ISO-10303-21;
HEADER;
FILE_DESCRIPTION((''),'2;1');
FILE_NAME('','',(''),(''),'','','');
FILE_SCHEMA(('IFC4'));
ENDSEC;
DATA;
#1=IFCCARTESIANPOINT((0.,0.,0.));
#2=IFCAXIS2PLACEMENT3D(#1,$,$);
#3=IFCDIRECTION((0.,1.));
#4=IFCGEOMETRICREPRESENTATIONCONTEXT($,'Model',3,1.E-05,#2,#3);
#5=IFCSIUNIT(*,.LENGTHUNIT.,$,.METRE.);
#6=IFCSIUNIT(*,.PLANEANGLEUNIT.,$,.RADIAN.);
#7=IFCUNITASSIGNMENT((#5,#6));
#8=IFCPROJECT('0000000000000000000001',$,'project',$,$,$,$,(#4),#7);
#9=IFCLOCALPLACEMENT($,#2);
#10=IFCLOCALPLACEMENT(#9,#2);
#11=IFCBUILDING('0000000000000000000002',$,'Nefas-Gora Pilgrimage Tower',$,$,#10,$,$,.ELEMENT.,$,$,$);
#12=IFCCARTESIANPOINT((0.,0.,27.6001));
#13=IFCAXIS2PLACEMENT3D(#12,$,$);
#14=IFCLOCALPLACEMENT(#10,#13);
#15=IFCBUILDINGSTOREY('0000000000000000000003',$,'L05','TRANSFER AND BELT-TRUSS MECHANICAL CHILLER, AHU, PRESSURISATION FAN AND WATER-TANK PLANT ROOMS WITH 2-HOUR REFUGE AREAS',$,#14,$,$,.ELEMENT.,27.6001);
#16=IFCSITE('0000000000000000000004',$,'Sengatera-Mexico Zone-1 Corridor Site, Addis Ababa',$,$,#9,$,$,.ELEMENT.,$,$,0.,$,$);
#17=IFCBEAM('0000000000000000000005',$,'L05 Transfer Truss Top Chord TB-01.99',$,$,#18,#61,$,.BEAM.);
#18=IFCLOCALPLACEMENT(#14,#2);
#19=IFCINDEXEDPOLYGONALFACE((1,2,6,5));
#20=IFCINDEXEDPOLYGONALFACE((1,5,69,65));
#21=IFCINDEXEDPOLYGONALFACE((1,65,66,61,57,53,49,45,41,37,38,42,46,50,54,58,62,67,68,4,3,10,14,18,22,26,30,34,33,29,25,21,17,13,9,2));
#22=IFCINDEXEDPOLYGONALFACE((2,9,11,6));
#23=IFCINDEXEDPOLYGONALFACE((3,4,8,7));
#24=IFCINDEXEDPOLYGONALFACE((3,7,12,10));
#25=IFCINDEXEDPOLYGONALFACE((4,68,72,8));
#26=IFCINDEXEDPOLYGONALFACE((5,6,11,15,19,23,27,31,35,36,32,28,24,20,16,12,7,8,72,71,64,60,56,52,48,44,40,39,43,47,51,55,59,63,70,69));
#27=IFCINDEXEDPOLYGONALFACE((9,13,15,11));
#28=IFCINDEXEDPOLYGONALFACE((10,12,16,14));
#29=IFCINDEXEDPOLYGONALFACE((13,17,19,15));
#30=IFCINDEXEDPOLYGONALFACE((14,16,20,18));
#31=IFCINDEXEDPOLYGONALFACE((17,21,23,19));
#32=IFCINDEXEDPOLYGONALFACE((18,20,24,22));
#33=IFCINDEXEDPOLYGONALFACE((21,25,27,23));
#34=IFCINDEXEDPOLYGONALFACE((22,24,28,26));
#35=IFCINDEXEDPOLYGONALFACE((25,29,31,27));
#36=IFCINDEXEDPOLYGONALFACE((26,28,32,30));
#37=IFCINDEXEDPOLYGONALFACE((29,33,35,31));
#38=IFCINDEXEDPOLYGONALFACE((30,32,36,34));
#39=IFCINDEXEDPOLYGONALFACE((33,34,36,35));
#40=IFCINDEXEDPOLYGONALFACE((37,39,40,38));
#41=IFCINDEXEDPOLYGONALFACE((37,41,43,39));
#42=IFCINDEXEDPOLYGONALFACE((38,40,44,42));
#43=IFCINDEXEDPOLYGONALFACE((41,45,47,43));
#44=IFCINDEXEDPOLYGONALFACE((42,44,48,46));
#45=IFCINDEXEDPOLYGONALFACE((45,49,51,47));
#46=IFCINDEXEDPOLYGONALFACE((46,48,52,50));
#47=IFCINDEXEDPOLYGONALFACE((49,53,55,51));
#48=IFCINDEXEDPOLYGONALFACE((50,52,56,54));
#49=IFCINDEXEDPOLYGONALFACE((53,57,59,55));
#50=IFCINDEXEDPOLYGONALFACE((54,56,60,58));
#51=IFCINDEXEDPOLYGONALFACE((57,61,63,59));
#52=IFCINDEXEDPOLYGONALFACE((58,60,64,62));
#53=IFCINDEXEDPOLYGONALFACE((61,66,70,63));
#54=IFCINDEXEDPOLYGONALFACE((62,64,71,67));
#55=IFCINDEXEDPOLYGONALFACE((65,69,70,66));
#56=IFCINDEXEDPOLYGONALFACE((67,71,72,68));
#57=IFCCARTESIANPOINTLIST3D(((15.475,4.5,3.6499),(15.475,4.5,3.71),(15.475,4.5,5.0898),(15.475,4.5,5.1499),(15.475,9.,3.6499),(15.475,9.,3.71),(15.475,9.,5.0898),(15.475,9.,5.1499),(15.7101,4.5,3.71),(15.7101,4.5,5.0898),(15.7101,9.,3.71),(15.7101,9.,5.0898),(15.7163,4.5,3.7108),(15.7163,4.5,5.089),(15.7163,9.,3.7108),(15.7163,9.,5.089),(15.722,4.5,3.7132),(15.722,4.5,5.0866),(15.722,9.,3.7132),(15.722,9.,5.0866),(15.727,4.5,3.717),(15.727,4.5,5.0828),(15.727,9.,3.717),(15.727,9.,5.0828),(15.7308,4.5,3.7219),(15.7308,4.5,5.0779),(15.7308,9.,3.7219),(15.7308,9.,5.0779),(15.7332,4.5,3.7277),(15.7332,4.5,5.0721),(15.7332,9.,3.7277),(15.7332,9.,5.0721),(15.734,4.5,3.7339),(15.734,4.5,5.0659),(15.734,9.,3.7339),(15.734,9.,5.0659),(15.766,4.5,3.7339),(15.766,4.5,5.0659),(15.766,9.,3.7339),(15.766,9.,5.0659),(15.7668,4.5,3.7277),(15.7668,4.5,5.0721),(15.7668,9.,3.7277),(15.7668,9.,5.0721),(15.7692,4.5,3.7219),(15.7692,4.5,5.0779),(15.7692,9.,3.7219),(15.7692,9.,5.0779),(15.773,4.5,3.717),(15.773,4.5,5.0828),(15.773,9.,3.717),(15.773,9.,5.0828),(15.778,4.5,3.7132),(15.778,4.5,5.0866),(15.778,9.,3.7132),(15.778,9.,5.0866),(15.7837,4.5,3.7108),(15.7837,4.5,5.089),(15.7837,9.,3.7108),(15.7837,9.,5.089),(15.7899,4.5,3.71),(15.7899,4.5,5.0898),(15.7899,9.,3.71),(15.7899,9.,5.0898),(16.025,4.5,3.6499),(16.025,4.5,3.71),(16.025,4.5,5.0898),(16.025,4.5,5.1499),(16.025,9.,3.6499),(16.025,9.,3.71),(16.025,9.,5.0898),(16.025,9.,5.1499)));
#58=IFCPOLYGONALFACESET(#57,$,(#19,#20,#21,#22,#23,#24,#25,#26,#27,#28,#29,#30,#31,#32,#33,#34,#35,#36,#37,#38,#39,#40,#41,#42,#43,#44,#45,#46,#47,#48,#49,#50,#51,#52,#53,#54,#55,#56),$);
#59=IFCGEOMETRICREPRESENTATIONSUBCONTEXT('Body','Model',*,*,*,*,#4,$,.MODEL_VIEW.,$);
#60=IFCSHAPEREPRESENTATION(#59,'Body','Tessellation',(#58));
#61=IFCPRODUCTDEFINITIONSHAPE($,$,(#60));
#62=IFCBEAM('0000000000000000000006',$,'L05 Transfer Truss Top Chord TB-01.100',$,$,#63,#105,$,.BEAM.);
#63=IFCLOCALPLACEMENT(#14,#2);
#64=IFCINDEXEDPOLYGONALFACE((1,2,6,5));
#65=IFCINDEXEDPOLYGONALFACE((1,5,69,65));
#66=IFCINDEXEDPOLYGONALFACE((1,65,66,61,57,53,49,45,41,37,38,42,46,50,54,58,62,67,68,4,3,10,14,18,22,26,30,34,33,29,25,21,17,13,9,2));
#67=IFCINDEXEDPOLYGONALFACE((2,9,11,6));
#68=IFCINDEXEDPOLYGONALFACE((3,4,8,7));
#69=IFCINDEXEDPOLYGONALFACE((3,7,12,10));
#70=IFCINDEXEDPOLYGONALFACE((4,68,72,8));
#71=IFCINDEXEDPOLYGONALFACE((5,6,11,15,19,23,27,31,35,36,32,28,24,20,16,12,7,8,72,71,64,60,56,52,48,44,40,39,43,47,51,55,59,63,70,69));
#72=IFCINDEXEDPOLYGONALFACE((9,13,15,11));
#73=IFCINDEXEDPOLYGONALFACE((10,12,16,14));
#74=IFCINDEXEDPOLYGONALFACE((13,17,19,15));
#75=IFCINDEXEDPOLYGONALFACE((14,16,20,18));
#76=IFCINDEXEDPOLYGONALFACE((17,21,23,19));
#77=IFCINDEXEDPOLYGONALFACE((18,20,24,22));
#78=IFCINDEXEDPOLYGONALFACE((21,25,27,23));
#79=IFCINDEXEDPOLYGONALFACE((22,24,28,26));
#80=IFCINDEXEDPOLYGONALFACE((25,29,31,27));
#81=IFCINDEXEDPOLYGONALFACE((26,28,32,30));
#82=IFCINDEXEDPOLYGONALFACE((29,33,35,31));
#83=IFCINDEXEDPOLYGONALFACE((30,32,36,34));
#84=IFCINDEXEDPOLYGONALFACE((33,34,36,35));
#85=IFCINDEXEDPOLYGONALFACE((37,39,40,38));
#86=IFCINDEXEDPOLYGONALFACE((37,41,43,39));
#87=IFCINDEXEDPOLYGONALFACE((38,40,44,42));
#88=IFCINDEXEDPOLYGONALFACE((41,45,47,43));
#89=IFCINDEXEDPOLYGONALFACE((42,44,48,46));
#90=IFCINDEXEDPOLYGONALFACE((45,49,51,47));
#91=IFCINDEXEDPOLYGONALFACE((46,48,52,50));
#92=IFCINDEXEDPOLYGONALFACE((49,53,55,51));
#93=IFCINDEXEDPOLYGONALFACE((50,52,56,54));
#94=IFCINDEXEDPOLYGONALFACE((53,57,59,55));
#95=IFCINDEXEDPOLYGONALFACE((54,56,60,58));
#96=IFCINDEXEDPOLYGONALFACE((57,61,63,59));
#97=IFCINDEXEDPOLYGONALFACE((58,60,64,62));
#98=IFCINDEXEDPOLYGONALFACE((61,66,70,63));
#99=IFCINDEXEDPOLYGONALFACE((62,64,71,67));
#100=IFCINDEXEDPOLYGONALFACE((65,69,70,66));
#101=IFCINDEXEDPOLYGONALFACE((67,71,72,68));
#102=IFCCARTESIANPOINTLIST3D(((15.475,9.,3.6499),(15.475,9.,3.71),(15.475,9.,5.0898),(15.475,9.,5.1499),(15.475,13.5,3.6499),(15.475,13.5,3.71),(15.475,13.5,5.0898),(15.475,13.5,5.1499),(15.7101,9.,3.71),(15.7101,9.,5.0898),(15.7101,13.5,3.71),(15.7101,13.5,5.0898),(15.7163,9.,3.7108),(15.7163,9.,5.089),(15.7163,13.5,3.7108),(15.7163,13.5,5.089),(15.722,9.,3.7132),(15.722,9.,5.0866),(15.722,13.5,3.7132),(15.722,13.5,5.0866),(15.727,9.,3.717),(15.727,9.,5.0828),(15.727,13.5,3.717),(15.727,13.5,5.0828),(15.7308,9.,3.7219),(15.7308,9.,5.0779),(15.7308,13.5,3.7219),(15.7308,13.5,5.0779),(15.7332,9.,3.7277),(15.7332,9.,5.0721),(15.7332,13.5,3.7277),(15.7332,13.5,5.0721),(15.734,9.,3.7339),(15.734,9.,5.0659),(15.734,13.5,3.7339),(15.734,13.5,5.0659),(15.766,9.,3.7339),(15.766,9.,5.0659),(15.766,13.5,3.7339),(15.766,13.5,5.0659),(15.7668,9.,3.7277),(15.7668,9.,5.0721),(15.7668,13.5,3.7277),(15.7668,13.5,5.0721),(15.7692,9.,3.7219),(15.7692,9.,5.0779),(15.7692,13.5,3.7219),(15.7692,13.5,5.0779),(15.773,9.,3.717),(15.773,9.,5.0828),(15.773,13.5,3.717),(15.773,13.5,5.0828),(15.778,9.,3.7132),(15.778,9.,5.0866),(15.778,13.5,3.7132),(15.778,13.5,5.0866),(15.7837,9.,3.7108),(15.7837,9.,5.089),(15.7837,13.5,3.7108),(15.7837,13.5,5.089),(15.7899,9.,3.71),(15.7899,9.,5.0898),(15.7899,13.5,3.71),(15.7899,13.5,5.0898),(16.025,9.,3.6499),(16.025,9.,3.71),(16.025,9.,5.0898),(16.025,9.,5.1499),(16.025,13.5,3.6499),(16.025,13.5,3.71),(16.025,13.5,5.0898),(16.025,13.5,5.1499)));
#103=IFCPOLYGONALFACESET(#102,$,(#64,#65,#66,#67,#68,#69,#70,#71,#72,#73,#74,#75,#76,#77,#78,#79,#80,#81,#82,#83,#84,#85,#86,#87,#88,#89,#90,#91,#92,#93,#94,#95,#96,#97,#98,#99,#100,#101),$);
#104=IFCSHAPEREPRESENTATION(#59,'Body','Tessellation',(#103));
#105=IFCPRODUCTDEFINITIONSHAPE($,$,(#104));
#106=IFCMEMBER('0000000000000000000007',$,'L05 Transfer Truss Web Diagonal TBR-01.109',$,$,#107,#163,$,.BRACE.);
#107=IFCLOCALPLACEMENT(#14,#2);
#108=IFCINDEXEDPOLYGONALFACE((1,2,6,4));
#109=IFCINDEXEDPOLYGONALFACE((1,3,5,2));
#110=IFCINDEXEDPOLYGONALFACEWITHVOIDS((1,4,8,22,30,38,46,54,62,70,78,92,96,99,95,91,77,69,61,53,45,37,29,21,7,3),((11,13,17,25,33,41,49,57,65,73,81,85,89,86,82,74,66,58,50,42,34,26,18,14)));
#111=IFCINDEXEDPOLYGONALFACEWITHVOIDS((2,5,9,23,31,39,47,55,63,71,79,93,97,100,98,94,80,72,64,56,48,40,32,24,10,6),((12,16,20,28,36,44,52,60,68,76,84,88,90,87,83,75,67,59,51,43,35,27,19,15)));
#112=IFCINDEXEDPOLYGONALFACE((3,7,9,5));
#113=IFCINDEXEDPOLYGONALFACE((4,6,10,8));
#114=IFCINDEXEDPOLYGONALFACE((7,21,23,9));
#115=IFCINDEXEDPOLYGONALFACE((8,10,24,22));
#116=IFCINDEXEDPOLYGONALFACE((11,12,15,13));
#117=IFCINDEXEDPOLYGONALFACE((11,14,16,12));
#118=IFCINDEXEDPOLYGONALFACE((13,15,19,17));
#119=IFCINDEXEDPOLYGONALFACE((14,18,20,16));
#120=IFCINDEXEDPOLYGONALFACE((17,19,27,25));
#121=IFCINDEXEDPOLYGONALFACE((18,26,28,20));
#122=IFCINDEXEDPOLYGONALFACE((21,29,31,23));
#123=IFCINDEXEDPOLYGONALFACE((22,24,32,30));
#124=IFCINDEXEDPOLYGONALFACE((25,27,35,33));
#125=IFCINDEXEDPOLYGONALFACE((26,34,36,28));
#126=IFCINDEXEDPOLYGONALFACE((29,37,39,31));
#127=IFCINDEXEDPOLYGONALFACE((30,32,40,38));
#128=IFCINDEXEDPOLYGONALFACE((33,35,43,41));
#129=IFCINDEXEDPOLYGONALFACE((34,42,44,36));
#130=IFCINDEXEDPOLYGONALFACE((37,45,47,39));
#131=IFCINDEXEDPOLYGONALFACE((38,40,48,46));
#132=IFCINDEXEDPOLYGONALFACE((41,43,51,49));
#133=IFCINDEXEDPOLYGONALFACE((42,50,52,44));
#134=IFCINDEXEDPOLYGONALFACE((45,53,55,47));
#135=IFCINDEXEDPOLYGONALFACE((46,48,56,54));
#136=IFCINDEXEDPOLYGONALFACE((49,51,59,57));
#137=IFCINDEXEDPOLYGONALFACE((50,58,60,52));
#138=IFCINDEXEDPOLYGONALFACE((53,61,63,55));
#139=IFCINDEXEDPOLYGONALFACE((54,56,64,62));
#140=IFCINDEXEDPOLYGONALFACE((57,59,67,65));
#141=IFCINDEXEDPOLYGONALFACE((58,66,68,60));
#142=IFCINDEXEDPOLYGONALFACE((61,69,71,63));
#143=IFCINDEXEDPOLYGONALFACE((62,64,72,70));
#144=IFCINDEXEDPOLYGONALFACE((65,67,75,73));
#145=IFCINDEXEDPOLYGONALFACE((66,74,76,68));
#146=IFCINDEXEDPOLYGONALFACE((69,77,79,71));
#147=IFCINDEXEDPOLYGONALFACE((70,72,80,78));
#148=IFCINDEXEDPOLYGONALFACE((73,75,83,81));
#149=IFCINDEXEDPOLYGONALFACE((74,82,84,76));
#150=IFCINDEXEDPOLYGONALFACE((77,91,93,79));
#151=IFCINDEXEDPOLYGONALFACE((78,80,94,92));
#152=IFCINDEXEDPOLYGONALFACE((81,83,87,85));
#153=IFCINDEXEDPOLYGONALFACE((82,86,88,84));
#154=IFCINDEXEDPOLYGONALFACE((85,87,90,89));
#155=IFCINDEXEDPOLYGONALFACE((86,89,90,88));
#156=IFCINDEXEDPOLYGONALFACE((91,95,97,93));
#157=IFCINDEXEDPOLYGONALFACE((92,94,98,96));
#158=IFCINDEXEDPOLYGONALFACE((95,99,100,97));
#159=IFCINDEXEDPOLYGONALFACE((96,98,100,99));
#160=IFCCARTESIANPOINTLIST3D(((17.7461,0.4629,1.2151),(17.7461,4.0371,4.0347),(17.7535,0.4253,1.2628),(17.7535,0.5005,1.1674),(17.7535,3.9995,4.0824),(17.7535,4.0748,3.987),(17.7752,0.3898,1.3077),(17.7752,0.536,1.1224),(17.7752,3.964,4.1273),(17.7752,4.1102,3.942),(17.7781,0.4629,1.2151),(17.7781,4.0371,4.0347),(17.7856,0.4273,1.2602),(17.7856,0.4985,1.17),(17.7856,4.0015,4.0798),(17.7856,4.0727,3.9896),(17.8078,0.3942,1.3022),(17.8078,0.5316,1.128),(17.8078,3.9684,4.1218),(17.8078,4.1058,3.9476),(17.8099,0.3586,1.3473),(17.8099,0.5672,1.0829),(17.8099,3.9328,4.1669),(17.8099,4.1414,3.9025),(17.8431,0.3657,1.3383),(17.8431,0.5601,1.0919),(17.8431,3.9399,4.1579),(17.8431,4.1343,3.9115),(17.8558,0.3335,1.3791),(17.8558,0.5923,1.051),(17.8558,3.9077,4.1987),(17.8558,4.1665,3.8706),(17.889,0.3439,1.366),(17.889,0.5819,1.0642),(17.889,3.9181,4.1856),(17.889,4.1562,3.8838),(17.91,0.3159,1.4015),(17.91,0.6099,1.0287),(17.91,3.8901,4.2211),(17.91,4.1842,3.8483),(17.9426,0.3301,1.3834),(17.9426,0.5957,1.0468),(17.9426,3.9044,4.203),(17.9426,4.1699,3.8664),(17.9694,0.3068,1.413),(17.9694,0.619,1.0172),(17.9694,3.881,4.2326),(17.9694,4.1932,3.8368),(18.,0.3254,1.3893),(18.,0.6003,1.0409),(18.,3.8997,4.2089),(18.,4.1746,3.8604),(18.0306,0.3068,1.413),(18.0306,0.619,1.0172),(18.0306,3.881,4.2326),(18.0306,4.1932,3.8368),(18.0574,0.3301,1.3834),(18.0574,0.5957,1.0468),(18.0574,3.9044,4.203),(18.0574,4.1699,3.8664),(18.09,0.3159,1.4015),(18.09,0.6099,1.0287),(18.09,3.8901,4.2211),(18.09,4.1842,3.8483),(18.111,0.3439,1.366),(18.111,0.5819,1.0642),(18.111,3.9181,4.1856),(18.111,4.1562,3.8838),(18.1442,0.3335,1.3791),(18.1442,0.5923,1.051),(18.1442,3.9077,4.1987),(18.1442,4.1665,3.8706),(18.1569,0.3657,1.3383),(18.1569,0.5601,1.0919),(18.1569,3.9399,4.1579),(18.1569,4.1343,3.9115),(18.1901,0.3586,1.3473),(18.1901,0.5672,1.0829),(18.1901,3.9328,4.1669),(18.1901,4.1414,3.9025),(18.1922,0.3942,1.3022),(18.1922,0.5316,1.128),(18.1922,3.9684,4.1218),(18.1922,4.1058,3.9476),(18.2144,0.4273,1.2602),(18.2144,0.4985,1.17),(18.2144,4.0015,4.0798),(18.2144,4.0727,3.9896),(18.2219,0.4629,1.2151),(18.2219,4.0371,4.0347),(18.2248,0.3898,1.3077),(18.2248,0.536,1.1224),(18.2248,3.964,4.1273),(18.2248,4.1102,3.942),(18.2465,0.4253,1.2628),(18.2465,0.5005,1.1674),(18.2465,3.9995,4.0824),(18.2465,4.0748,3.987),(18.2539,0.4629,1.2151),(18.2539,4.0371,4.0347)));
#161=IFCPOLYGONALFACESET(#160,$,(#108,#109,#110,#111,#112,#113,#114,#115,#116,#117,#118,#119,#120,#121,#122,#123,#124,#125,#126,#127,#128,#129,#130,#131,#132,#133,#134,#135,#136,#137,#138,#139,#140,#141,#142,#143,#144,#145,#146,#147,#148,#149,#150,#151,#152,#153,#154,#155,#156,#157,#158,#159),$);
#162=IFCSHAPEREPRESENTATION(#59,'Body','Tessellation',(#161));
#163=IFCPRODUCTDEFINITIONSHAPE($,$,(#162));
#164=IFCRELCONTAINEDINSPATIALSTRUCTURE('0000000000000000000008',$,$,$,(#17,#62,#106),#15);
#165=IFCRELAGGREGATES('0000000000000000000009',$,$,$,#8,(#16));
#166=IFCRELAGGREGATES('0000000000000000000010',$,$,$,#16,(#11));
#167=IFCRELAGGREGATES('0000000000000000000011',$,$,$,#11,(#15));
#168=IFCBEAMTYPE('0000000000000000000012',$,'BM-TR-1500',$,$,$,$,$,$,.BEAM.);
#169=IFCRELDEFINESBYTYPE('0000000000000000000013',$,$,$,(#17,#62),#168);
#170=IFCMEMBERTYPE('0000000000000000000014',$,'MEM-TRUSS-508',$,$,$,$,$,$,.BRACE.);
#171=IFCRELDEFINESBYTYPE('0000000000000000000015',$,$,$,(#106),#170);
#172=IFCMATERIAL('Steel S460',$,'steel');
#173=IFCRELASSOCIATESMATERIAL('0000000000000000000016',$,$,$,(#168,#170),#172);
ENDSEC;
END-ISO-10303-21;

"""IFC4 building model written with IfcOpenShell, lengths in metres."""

from ifc_helpers import new_model, si_unit, direction, frame, origin, origin_2d, place, context, subcontext, project, spatial, hollow_circle, i_section, extrude, source, transform, mapped, material, material_profile, profile_set, type_object, element, save


model = new_model("IFC4")

# Units and contexts
model_context = context("Model", 3, precision=1e-05, world=origin(), true_north=direction((0.0, 1.0)))
body_context = subcontext(model_context, "Body", "Model", "MODEL_VIEW")
ifc_project = project(units=[si_unit("LENGTHUNIT", "METRE"), si_unit("PLANEANGLEUNIT", "RADIAN")], contexts=[model_context])

# Site, building, storey
site_placement = place(None, origin())
site = spatial("IfcSite", under=ifc_project, at=site_placement, Name="Sengatera-Mexico Zone-1 Corridor Site, Addis Ababa", CompositionType="ELEMENT", RefElevation=0.0)
building_placement = place(site_placement, origin())
building = spatial("IfcBuilding", under=site, at=building_placement, Name="Nefas-Gora Pilgrimage Tower", CompositionType="ELEMENT")
storey_placement = place(building_placement, frame((0.0, 0.0, 27.6001)))
storey = spatial("IfcBuildingStorey", under=building, at=storey_placement, Name="L05", Description="TRANSFER AND BELT-TRUSS MECHANICAL CHILLER, AHU, PRESSURISATION FAN AND WATER-TANK PLANT ROOMS WITH 2-HOUR REFUGE AREAS", CompositionType="ELEMENT", Elevation=27.6001)

# Shared definitions
ifc_material_1 = material(Name="Steel S460", Category="steel")

# Beams
ifc_material_profile_1 = material_profile(ifc_material_1, i_section(OverallWidth=0.55, OverallDepth=1.5, WebThickness=0.032, FlangeThickness=0.0601, FilletRadius=0.0239, at=origin_2d()), Name="WPG 1500x550x32x60")
ifc_profile_set_1 = profile_set([ifc_material_profile_1], Name="Steel S460")
beam_type = type_object("IfcBeamType", Name="BM-TR-1500", PredefinedType="BEAM", material=ifc_profile_set_1)
shared_shape_1 = source(origin(), body_context, "Body", "SweptSolid", [
    extrude(i_section(OverallWidth=0.55, OverallDepth=1.5, WebThickness=0.032, FlangeThickness=0.0601, FilletRadius=0.0239, at=origin_2d()), origin(), (0.0, 0.0, 1.0), 4.5),
])
for number, where, z_axis, x_axis, name in (
    (1, (15.75, 4.5, 4.3999), (0.0, 1.0, 0.0), (-1.0, 0.0, 0.0), "L05 Transfer Truss Top Chord TB-01.99"),
    (2, (15.75, 9.0, 4.3999), (0.0, 1.0, 0.0), (-1.0, 0.0, 0.0), "L05 Transfer Truss Top Chord TB-01.100"),
):
    element("IfcBeam", number, at=place(storey_placement, frame(where, z_axis=z_axis, x_axis=x_axis)), inside=storey, type_object=beam_type, Name=name, PredefinedType="BEAM", context=body_context, shape_type="MappedRepresentation", body=[
        mapped(shared_shape_1, transform((0.0, 0.0, 0.0), x_axis=(1.0, 0.0, 0.0), y_axis=(0.0, 1.0, 0.0), z_axis=(0.0, 0.0, 1.0), scale=1.0)),
    ])

# Member
ifc_material_profile_2 = material_profile(ifc_material_1, hollow_circle(Radius=0.2539, WallThickness=0.032, at=origin_2d()), Name="CHS 508x32")
ifc_profile_set_2 = profile_set([ifc_material_profile_2], Name="Steel S460")
member_type = type_object("IfcMemberType", Name="MEM-TRUSS-508", PredefinedType="BRACE", material=ifc_profile_set_2)
shared_shape_2 = source(origin(), body_context, "Body", "SweptSolid", [
    extrude(hollow_circle(Radius=0.2539, WallThickness=0.032, at=origin_2d()), origin(), (0.0, 0.0, 1.0), 4.5525),
])
member_placement = place(storey_placement, frame((18.0, 0.4629, 1.2151), z_axis=(0.0, 0.785115, 0.61935), x_axis=(-1.0, 0.0, 0.0)))
element("IfcMember", 3, at=member_placement, inside=storey, type_object=member_type, Name="L05 Transfer Truss Web Diagonal TBR-01.109", PredefinedType="BRACE", context=body_context, shape_type="MappedRepresentation", body=[
    mapped(shared_shape_2, transform((0.0, 0.0, 0.0), x_axis=(1.0, 0.0, 0.0), y_axis=(0.0, 1.0, 0.0), z_axis=(0.0, 0.0, 1.0), scale=1.0)),
])

save(model, "model.ifc")
